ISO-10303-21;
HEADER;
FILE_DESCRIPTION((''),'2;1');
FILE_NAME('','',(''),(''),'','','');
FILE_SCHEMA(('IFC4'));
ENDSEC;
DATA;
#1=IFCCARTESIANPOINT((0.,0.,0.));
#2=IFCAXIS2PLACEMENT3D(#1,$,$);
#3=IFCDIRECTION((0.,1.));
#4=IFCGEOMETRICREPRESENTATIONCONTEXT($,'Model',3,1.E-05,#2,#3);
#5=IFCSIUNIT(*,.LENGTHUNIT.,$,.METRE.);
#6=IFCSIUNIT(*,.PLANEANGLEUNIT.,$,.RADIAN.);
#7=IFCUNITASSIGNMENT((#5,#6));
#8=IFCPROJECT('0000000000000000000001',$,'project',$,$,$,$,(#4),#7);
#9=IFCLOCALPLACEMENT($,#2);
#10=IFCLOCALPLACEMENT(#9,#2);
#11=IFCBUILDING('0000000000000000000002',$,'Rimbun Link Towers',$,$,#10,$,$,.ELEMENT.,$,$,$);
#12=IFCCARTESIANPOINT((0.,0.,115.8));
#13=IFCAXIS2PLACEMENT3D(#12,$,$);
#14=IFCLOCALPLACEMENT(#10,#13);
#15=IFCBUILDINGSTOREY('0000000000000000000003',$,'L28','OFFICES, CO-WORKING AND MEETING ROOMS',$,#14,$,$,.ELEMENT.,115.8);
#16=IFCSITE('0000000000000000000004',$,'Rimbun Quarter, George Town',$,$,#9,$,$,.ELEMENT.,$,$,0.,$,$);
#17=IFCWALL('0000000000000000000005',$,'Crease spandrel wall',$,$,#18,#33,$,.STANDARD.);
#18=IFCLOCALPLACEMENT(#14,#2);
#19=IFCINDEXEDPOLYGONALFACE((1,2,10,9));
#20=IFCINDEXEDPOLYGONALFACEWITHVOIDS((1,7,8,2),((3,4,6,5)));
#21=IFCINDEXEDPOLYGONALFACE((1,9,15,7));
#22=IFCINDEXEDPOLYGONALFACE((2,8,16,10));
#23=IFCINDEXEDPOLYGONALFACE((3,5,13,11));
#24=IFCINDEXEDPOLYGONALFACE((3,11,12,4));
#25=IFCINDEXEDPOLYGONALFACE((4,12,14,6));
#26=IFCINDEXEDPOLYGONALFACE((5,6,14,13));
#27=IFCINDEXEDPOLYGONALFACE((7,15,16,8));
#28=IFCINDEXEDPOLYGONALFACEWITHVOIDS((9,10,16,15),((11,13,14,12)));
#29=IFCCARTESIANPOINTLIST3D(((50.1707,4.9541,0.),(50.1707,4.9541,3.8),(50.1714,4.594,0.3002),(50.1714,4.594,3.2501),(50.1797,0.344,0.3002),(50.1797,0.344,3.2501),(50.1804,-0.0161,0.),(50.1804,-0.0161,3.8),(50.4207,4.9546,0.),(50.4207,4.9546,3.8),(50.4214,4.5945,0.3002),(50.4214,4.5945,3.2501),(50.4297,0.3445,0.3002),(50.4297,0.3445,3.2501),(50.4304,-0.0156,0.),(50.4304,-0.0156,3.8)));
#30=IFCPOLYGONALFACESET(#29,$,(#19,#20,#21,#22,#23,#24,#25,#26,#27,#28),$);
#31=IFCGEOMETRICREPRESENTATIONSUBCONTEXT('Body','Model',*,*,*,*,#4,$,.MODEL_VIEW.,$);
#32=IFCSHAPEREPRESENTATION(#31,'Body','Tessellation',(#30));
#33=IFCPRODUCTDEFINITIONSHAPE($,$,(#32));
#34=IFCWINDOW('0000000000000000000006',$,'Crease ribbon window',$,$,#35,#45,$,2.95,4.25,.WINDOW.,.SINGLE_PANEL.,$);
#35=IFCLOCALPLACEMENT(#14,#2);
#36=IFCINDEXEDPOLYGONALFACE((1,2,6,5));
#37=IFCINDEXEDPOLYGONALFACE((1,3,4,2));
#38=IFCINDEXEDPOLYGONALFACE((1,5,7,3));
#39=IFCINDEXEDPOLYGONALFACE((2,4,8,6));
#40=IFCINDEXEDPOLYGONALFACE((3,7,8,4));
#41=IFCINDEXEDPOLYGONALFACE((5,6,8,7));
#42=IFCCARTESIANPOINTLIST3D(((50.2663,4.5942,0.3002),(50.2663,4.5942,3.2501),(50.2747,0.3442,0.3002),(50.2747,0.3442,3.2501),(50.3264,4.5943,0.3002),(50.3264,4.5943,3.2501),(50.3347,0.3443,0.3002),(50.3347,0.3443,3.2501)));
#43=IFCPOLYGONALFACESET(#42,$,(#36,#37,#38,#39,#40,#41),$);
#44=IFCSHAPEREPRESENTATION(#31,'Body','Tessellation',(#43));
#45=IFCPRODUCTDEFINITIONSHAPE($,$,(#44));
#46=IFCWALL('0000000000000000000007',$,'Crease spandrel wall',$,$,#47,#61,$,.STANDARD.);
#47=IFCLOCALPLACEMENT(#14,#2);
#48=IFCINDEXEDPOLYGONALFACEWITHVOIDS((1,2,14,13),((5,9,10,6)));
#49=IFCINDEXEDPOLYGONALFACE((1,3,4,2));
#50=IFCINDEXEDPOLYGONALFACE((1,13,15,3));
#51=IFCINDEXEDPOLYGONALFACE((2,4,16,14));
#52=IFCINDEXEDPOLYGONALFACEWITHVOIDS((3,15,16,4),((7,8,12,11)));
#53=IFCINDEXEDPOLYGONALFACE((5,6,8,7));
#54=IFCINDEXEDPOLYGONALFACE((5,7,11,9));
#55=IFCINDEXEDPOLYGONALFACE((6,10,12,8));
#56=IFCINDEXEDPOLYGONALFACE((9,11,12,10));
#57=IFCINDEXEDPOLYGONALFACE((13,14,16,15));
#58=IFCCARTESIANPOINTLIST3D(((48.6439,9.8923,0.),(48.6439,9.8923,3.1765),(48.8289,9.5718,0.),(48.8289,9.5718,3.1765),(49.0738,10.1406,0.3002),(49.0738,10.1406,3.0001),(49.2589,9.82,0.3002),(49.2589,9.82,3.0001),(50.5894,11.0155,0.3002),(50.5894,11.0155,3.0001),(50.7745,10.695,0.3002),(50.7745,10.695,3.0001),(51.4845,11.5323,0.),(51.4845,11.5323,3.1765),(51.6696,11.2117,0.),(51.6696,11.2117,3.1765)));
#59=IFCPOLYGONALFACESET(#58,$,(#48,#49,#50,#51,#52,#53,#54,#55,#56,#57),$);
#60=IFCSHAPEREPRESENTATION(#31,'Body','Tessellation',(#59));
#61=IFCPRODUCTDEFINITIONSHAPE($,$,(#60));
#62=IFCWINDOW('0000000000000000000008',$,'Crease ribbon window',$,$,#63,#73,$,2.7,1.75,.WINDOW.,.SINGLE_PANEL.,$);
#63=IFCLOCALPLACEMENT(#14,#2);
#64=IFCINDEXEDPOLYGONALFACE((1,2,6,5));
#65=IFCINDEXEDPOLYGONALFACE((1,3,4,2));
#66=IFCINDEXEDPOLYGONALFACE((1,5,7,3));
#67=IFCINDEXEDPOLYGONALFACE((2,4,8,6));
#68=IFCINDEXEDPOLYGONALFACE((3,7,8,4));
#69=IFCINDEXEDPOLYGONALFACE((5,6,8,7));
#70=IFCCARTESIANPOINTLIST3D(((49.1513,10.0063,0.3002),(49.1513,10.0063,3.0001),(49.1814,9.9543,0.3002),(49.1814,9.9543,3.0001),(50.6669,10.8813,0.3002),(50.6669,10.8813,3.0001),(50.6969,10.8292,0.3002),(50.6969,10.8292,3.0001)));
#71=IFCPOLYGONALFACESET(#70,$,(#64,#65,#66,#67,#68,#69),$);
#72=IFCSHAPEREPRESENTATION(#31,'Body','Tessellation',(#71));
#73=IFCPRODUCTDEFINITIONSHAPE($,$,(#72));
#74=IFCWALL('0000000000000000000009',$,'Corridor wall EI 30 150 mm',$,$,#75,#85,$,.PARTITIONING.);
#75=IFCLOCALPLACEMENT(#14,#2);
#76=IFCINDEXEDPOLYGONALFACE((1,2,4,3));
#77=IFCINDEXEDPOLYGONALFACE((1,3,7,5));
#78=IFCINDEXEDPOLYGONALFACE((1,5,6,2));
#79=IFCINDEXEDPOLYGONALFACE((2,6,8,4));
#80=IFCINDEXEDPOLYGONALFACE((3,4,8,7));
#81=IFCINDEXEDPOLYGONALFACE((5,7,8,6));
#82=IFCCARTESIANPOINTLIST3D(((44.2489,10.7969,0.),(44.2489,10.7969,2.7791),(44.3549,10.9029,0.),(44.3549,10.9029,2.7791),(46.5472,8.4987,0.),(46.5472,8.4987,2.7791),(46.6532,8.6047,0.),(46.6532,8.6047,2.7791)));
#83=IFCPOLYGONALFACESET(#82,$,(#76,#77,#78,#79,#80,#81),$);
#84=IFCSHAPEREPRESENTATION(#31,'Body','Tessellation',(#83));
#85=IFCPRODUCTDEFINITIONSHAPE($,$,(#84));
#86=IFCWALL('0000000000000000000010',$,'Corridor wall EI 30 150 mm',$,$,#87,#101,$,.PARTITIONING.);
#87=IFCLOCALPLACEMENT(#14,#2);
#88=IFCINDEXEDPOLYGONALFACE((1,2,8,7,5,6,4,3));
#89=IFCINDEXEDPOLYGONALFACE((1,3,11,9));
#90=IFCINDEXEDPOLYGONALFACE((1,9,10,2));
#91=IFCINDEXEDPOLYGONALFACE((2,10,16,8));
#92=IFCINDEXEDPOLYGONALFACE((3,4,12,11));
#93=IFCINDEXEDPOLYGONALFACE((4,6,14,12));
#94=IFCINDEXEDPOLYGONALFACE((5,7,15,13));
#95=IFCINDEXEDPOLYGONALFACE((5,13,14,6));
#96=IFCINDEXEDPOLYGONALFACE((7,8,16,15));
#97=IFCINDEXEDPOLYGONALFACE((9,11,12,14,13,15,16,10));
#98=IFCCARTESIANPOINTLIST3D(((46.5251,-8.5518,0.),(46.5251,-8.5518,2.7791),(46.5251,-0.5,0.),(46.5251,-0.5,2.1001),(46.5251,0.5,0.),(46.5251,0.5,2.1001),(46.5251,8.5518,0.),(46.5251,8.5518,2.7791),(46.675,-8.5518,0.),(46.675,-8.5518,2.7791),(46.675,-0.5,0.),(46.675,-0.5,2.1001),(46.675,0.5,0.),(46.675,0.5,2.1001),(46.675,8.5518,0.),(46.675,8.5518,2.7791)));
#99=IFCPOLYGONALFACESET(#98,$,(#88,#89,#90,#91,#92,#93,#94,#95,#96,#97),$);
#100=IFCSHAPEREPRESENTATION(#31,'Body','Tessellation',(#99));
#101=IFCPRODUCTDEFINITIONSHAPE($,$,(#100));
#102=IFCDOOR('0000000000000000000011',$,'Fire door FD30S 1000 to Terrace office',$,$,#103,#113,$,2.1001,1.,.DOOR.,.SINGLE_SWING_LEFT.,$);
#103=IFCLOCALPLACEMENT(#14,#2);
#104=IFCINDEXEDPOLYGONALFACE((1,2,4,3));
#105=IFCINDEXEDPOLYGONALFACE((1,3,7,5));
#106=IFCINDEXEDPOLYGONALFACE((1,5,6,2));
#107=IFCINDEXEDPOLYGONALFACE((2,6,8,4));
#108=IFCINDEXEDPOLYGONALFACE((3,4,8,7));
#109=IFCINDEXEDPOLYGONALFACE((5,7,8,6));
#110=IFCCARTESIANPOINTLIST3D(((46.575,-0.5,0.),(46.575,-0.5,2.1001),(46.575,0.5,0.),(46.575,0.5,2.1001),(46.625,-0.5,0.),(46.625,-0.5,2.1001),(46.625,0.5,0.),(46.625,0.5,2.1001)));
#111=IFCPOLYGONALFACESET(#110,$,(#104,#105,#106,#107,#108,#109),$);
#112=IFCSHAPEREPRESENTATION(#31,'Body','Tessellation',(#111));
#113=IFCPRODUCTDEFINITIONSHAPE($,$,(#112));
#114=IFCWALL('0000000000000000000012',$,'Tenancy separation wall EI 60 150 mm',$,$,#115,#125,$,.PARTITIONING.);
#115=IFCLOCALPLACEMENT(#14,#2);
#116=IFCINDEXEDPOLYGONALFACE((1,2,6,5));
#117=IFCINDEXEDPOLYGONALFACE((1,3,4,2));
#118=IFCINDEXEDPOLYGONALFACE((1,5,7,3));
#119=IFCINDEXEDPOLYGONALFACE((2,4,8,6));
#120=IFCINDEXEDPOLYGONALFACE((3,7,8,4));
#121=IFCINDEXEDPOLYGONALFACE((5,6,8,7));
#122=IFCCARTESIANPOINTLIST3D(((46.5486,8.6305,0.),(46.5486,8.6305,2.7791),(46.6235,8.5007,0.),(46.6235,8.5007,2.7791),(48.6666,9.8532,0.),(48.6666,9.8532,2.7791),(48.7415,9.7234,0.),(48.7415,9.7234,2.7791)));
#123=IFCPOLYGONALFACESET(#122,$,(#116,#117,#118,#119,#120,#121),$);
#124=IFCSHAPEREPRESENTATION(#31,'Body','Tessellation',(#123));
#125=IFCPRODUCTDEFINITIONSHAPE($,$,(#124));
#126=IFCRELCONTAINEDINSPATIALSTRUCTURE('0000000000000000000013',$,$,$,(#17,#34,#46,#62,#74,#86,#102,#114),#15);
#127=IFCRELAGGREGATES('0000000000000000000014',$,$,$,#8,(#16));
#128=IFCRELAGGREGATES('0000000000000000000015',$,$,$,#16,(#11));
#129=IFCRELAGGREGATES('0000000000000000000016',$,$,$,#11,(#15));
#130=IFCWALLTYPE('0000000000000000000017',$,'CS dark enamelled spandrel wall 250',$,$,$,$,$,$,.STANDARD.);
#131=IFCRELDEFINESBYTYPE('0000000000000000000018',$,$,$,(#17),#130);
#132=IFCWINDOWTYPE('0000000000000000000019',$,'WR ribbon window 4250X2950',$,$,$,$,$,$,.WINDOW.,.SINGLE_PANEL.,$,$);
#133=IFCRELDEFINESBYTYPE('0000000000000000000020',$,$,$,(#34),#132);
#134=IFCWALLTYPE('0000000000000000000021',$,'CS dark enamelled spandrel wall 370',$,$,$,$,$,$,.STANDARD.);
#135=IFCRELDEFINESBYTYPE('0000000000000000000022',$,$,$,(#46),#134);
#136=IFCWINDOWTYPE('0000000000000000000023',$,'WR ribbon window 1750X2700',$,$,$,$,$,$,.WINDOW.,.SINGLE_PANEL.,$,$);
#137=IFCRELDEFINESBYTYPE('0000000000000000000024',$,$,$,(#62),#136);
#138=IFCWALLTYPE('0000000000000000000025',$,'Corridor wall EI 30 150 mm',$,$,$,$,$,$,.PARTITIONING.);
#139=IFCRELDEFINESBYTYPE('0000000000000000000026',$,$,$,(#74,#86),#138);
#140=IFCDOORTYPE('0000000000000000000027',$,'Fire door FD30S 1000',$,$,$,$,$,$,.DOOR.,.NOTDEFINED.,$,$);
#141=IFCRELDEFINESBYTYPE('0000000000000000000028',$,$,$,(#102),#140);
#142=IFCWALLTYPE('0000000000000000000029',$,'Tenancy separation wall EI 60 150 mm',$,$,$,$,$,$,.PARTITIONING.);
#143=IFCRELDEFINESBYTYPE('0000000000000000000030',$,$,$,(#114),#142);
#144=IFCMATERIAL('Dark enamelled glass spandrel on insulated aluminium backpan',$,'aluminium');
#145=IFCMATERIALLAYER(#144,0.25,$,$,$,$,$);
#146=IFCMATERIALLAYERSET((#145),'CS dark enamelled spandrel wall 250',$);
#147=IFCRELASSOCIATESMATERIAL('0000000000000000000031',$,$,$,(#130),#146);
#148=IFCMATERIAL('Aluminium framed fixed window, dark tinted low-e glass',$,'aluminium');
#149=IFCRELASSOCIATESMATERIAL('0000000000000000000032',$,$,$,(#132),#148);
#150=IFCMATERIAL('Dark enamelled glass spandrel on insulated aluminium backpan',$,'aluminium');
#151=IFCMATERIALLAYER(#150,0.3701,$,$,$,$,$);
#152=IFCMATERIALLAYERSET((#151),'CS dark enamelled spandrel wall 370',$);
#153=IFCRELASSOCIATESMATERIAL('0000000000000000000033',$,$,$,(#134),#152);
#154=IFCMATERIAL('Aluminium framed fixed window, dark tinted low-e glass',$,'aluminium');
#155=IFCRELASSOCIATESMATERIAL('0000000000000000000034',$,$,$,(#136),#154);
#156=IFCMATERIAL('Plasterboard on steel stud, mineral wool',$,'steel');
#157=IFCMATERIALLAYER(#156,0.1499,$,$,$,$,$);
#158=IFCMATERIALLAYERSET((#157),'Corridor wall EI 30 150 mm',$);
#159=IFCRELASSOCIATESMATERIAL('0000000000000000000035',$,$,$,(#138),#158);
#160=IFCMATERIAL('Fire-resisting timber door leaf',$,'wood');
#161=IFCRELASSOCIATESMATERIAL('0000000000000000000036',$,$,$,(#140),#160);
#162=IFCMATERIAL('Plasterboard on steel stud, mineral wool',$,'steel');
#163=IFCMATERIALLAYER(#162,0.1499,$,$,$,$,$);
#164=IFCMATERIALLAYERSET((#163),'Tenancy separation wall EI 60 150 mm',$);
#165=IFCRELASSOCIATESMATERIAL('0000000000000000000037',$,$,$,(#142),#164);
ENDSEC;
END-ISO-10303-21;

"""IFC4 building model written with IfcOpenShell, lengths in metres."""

from ifc_helpers import new_model, si_unit, direction, frame, frame_2d, origin, place, context, subcontext, project, spatial, rectangle, extrude, material, layer, layer_set, type_object, element, fill, save


model = new_model("IFC4")

# Units and contexts
model_context = context("Model", 3, precision=1e-05, world=origin(), true_north=direction((0.0, 1.0)))
body_context = subcontext(model_context, "Body", "Model", "MODEL_VIEW")
ifc_project = project(units=[si_unit("LENGTHUNIT", "METRE"), si_unit("PLANEANGLEUNIT", "RADIAN")], contexts=[model_context])

# Site, building, storey
site_placement = place(None, origin())
site = spatial("IfcSite", under=ifc_project, at=site_placement, Name="Rimbun Quarter, George Town", CompositionType="ELEMENT", RefElevation=0.0)
building_placement = place(site_placement, origin())
building = spatial("IfcBuilding", under=site, at=building_placement, Name="Rimbun Link Towers", CompositionType="ELEMENT")
storey_placement = place(building_placement, frame((0.0, 0.0, 115.8)))
storey = spatial("IfcBuildingStorey", under=building, at=storey_placement, Name="L28", Description="OFFICES, CO-WORKING AND MEETING ROOMS", CompositionType="ELEMENT", Elevation=115.8)

# Wall, opening, window
ifc_material_1 = material(Name="Dark enamelled glass spandrel on insulated aluminium backpan", Category="aluminium")
ifc_layer_1 = layer(ifc_material_1, 0.25)
ifc_layer_set_1 = layer_set([ifc_layer_1], Name="CS dark enamelled spandrel wall 250")
wall_type_1 = type_object("IfcWallType", Name="CS dark enamelled spandrel wall 250", PredefinedType="STANDARD", material=ifc_layer_set_1)
wall_1_placement = place(storey_placement, frame((50.2957, 4.9543, 0.0), z_axis=(0.0, 0.0, 1.0), x_axis=(0.001965, -0.999998, 0.0)))
wall_1 = element("IfcWall", 1, at=wall_1_placement, inside=storey, type_object=wall_type_1, Name="Crease spandrel wall", PredefinedType="STANDARD", context=body_context, shape_type="SweptSolid", body=[
    extrude(rectangle(XDim=4.9702, YDim=0.25, at=frame_2d((2.4851, 0.0))), origin(), (0.0, 0.0, 1.0), 3.8),
])
opening_1_placement = place(wall_1_placement, frame((0.3601, 0.0, 0.3)))
opening_1 = element("IfcOpeningElement", 2, at=opening_1_placement, cuts=wall_1, PredefinedType="OPENING", context=body_context, shape_type="SweptSolid", body=[
    extrude(rectangle(XDim=4.25, YDim=2.95, at=frame_2d((2.125, 1.4751))), frame((0.0, 0.135, 0.0), z_axis=(0.0, -1.0, 0.0), x_axis=(1.0, 0.0, 0.0)), (0.0, 0.0, 1.0), 0.27),
])
ifc_material_2 = material(Name="Aluminium framed fixed window, dark tinted low-e glass", Category="aluminium")
window_type_1 = type_object("IfcWindowType", Name="WR ribbon window 4250X2950", PartitioningType="SINGLE_PANEL", PredefinedType="WINDOW", material=ifc_material_2)
window_1_placement = place(opening_1_placement, origin())
window_1 = element("IfcWindow", 3, at=window_1_placement, inside=storey, type_object=window_type_1, Name="Crease ribbon window", OverallHeight=2.95, OverallWidth=4.25, PartitioningType="SINGLE_PANEL", PredefinedType="WINDOW", context=body_context, shape_type="SweptSolid", body=[
    extrude(rectangle(XDim=4.25, YDim=2.95, at=frame_2d((2.125, 1.4751))), frame((0.0, 0.03, 0.0), z_axis=(0.0, -1.0, 0.0), x_axis=(1.0, 0.0, 0.0)), (0.0, 0.0, 1.0), 0.0601),
])
fill(opening_1, window_1)

# Wall, opening, window
ifc_material_3 = material(Name="Dark enamelled glass spandrel on insulated aluminium backpan", Category="aluminium")
ifc_layer_2 = layer(ifc_material_3, 0.3701)
ifc_layer_set_2 = layer_set([ifc_layer_2], Name="CS dark enamelled spandrel wall 370")
wall_type_2 = type_object("IfcWallType", Name="CS dark enamelled spandrel wall 370", PredefinedType="STANDARD", material=ifc_layer_set_2)
wall_2_placement = place(storey_placement, frame((51.5771, 11.3721, 0.0), z_axis=(0.0, 0.0, 1.0), x_axis=(-0.866041, -0.499974, 0.0)))
wall_2 = element("IfcWall", 4, at=wall_2_placement, inside=storey, type_object=wall_type_2, Name="Crease spandrel wall", PredefinedType="STANDARD", context=body_context, shape_type="SweptSolid", body=[
    extrude(rectangle(XDim=3.28, YDim=0.3701, at=frame_2d((1.6401, 0.0))), origin(), (0.0, 0.0, 1.0), 3.1765),
])
opening_2_placement = place(wall_2_placement, frame((1.0337, 0.0, 0.3)))
opening_2 = element("IfcOpeningElement", 5, at=opening_2_placement, cuts=wall_2, PredefinedType="OPENING", context=body_context, shape_type="SweptSolid", body=[
    extrude(rectangle(XDim=1.75, YDim=2.7, at=frame_2d((0.875, 1.3501))), frame((0.0, 0.1951, 0.0), z_axis=(0.0, -1.0, 0.0), x_axis=(1.0, 0.0, 0.0)), (0.0, 0.0, 1.0), 0.3901),
])
ifc_material_4 = material(Name="Aluminium framed fixed window, dark tinted low-e glass", Category="aluminium")
window_type_2 = type_object("IfcWindowType", Name="WR ribbon window 1750X2700", PartitioningType="SINGLE_PANEL", PredefinedType="WINDOW", material=ifc_material_4)
window_2_placement = place(opening_2_placement, origin())
window_2 = element("IfcWindow", 6, at=window_2_placement, inside=storey, type_object=window_type_2, Name="Crease ribbon window", OverallHeight=2.7, OverallWidth=1.75, PartitioningType="SINGLE_PANEL", PredefinedType="WINDOW", context=body_context, shape_type="SweptSolid", body=[
    extrude(rectangle(XDim=1.75, YDim=2.7, at=frame_2d((0.875, 1.3501))), frame((0.0, 0.03, 0.0), z_axis=(0.0, -1.0, 0.0), x_axis=(1.0, 0.0, 0.0)), (0.0, 0.0, 1.0), 0.0601),
])
fill(opening_2, window_2)

# Wall
ifc_material_5 = material(Name="Plasterboard on steel stud, mineral wool", Category="steel")
ifc_layer_3 = layer(ifc_material_5, 0.1499)
ifc_layer_set_3 = layer_set([ifc_layer_3], Name="Corridor wall EI 30 150 mm")
wall_type_3 = type_object("IfcWallType", Name="Corridor wall EI 30 150 mm", PredefinedType="PARTITIONING", material=ifc_layer_set_3)
wall_3_placement = place(storey_placement, frame((46.6001, 8.5518, 0.0), z_axis=(0.0, 0.0, 1.0), x_axis=(-0.707107, 0.707107, 0.0)))
element("IfcWall", 7, at=wall_3_placement, inside=storey, type_object=wall_type_3, Name="Corridor wall EI 30 150 mm", PredefinedType="PARTITIONING", context=body_context, shape_type="SweptSolid", body=[
    extrude(rectangle(XDim=3.2502, YDim=0.1499, at=frame_2d((1.625, 0.0))), origin(), (0.0, 0.0, 1.0), 2.7791),
])

# Wall, opening, door
wall_4_placement = place(storey_placement, frame((46.6001, 8.5518, 0.0), z_axis=(0.0, 0.0, 1.0), x_axis=(0.0, -1.0, 0.0)))
wall_4 = element("IfcWall", 8, at=wall_4_placement, inside=storey, type_object=wall_type_3, Name="Corridor wall EI 30 150 mm", PredefinedType="PARTITIONING", context=body_context, shape_type="SweptSolid", body=[
    extrude(rectangle(XDim=17.1035, YDim=0.1499, at=frame_2d((8.5518, 0.0))), origin(), (0.0, 0.0, 1.0), 2.7791),
])
opening_3_placement = place(wall_4_placement, frame((8.0518, 0.0, 0.0)))
opening_3 = element("IfcOpeningElement", 9, at=opening_3_placement, cuts=wall_4, PredefinedType="OPENING", context=body_context, shape_type="SweptSolid", body=[
    extrude(rectangle(XDim=1.0, YDim=2.1001, at=frame_2d((0.5, 1.05))), frame((0.0, 0.085, 0.0), z_axis=(0.0, -1.0, 0.0), x_axis=(1.0, 0.0, 0.0)), (0.0, 0.0, 1.0), 0.1699),
])
ifc_material_6 = material(Name="Fire-resisting timber door leaf", Category="wood")
door_type_1 = type_object("IfcDoorType", Name="Fire door FD30S 1000", OperationType="NOTDEFINED", PredefinedType="DOOR", material=ifc_material_6)
door_1_placement = place(opening_3_placement, origin())
door_1 = element("IfcDoor", 10, at=door_1_placement, inside=storey, type_object=door_type_1, Name="Fire door FD30S 1000 to Terrace office", OperationType="SINGLE_SWING_LEFT", OverallHeight=2.1001, OverallWidth=1.0, PredefinedType="DOOR", context=body_context, shape_type="SweptSolid", body=[
    extrude(rectangle(XDim=1.0, YDim=2.1001, at=frame_2d((0.5, 1.05))), frame((0.0, 0.0249, 0.0), z_axis=(0.0, -1.0, 0.0), x_axis=(1.0, 0.0, 0.0)), (0.0, 0.0, 1.0), 0.05),
])
fill(opening_3, door_1)

# Wall
ifc_material_7 = material(Name="Plasterboard on steel stud, mineral wool", Category="steel")
ifc_layer_4 = layer(ifc_material_7, 0.1499)
ifc_layer_set_4 = layer_set([ifc_layer_4], Name="Tenancy separation wall EI 60 150 mm")
wall_type_4 = type_object("IfcWallType", Name="Tenancy separation wall EI 60 150 mm", PredefinedType="PARTITIONING", material=ifc_layer_set_4)
wall_5_placement = place(storey_placement, frame((46.5862, 8.5657, 0.0), z_axis=(0.0, 0.0, 1.0), x_axis=(0.866048, 0.499962, 0.0)))
element("IfcWall", 11, at=wall_5_placement, inside=storey, type_object=wall_type_4, Name="Tenancy separation wall EI 60 150 mm", PredefinedType="PARTITIONING", context=body_context, shape_type="SweptSolid", body=[
    extrude(rectangle(XDim=2.4456, YDim=0.1499, at=frame_2d((1.2227, 0.0))), origin(), (0.0, 0.0, 1.0), 2.7791),
])

save(model, "model.ifc")
